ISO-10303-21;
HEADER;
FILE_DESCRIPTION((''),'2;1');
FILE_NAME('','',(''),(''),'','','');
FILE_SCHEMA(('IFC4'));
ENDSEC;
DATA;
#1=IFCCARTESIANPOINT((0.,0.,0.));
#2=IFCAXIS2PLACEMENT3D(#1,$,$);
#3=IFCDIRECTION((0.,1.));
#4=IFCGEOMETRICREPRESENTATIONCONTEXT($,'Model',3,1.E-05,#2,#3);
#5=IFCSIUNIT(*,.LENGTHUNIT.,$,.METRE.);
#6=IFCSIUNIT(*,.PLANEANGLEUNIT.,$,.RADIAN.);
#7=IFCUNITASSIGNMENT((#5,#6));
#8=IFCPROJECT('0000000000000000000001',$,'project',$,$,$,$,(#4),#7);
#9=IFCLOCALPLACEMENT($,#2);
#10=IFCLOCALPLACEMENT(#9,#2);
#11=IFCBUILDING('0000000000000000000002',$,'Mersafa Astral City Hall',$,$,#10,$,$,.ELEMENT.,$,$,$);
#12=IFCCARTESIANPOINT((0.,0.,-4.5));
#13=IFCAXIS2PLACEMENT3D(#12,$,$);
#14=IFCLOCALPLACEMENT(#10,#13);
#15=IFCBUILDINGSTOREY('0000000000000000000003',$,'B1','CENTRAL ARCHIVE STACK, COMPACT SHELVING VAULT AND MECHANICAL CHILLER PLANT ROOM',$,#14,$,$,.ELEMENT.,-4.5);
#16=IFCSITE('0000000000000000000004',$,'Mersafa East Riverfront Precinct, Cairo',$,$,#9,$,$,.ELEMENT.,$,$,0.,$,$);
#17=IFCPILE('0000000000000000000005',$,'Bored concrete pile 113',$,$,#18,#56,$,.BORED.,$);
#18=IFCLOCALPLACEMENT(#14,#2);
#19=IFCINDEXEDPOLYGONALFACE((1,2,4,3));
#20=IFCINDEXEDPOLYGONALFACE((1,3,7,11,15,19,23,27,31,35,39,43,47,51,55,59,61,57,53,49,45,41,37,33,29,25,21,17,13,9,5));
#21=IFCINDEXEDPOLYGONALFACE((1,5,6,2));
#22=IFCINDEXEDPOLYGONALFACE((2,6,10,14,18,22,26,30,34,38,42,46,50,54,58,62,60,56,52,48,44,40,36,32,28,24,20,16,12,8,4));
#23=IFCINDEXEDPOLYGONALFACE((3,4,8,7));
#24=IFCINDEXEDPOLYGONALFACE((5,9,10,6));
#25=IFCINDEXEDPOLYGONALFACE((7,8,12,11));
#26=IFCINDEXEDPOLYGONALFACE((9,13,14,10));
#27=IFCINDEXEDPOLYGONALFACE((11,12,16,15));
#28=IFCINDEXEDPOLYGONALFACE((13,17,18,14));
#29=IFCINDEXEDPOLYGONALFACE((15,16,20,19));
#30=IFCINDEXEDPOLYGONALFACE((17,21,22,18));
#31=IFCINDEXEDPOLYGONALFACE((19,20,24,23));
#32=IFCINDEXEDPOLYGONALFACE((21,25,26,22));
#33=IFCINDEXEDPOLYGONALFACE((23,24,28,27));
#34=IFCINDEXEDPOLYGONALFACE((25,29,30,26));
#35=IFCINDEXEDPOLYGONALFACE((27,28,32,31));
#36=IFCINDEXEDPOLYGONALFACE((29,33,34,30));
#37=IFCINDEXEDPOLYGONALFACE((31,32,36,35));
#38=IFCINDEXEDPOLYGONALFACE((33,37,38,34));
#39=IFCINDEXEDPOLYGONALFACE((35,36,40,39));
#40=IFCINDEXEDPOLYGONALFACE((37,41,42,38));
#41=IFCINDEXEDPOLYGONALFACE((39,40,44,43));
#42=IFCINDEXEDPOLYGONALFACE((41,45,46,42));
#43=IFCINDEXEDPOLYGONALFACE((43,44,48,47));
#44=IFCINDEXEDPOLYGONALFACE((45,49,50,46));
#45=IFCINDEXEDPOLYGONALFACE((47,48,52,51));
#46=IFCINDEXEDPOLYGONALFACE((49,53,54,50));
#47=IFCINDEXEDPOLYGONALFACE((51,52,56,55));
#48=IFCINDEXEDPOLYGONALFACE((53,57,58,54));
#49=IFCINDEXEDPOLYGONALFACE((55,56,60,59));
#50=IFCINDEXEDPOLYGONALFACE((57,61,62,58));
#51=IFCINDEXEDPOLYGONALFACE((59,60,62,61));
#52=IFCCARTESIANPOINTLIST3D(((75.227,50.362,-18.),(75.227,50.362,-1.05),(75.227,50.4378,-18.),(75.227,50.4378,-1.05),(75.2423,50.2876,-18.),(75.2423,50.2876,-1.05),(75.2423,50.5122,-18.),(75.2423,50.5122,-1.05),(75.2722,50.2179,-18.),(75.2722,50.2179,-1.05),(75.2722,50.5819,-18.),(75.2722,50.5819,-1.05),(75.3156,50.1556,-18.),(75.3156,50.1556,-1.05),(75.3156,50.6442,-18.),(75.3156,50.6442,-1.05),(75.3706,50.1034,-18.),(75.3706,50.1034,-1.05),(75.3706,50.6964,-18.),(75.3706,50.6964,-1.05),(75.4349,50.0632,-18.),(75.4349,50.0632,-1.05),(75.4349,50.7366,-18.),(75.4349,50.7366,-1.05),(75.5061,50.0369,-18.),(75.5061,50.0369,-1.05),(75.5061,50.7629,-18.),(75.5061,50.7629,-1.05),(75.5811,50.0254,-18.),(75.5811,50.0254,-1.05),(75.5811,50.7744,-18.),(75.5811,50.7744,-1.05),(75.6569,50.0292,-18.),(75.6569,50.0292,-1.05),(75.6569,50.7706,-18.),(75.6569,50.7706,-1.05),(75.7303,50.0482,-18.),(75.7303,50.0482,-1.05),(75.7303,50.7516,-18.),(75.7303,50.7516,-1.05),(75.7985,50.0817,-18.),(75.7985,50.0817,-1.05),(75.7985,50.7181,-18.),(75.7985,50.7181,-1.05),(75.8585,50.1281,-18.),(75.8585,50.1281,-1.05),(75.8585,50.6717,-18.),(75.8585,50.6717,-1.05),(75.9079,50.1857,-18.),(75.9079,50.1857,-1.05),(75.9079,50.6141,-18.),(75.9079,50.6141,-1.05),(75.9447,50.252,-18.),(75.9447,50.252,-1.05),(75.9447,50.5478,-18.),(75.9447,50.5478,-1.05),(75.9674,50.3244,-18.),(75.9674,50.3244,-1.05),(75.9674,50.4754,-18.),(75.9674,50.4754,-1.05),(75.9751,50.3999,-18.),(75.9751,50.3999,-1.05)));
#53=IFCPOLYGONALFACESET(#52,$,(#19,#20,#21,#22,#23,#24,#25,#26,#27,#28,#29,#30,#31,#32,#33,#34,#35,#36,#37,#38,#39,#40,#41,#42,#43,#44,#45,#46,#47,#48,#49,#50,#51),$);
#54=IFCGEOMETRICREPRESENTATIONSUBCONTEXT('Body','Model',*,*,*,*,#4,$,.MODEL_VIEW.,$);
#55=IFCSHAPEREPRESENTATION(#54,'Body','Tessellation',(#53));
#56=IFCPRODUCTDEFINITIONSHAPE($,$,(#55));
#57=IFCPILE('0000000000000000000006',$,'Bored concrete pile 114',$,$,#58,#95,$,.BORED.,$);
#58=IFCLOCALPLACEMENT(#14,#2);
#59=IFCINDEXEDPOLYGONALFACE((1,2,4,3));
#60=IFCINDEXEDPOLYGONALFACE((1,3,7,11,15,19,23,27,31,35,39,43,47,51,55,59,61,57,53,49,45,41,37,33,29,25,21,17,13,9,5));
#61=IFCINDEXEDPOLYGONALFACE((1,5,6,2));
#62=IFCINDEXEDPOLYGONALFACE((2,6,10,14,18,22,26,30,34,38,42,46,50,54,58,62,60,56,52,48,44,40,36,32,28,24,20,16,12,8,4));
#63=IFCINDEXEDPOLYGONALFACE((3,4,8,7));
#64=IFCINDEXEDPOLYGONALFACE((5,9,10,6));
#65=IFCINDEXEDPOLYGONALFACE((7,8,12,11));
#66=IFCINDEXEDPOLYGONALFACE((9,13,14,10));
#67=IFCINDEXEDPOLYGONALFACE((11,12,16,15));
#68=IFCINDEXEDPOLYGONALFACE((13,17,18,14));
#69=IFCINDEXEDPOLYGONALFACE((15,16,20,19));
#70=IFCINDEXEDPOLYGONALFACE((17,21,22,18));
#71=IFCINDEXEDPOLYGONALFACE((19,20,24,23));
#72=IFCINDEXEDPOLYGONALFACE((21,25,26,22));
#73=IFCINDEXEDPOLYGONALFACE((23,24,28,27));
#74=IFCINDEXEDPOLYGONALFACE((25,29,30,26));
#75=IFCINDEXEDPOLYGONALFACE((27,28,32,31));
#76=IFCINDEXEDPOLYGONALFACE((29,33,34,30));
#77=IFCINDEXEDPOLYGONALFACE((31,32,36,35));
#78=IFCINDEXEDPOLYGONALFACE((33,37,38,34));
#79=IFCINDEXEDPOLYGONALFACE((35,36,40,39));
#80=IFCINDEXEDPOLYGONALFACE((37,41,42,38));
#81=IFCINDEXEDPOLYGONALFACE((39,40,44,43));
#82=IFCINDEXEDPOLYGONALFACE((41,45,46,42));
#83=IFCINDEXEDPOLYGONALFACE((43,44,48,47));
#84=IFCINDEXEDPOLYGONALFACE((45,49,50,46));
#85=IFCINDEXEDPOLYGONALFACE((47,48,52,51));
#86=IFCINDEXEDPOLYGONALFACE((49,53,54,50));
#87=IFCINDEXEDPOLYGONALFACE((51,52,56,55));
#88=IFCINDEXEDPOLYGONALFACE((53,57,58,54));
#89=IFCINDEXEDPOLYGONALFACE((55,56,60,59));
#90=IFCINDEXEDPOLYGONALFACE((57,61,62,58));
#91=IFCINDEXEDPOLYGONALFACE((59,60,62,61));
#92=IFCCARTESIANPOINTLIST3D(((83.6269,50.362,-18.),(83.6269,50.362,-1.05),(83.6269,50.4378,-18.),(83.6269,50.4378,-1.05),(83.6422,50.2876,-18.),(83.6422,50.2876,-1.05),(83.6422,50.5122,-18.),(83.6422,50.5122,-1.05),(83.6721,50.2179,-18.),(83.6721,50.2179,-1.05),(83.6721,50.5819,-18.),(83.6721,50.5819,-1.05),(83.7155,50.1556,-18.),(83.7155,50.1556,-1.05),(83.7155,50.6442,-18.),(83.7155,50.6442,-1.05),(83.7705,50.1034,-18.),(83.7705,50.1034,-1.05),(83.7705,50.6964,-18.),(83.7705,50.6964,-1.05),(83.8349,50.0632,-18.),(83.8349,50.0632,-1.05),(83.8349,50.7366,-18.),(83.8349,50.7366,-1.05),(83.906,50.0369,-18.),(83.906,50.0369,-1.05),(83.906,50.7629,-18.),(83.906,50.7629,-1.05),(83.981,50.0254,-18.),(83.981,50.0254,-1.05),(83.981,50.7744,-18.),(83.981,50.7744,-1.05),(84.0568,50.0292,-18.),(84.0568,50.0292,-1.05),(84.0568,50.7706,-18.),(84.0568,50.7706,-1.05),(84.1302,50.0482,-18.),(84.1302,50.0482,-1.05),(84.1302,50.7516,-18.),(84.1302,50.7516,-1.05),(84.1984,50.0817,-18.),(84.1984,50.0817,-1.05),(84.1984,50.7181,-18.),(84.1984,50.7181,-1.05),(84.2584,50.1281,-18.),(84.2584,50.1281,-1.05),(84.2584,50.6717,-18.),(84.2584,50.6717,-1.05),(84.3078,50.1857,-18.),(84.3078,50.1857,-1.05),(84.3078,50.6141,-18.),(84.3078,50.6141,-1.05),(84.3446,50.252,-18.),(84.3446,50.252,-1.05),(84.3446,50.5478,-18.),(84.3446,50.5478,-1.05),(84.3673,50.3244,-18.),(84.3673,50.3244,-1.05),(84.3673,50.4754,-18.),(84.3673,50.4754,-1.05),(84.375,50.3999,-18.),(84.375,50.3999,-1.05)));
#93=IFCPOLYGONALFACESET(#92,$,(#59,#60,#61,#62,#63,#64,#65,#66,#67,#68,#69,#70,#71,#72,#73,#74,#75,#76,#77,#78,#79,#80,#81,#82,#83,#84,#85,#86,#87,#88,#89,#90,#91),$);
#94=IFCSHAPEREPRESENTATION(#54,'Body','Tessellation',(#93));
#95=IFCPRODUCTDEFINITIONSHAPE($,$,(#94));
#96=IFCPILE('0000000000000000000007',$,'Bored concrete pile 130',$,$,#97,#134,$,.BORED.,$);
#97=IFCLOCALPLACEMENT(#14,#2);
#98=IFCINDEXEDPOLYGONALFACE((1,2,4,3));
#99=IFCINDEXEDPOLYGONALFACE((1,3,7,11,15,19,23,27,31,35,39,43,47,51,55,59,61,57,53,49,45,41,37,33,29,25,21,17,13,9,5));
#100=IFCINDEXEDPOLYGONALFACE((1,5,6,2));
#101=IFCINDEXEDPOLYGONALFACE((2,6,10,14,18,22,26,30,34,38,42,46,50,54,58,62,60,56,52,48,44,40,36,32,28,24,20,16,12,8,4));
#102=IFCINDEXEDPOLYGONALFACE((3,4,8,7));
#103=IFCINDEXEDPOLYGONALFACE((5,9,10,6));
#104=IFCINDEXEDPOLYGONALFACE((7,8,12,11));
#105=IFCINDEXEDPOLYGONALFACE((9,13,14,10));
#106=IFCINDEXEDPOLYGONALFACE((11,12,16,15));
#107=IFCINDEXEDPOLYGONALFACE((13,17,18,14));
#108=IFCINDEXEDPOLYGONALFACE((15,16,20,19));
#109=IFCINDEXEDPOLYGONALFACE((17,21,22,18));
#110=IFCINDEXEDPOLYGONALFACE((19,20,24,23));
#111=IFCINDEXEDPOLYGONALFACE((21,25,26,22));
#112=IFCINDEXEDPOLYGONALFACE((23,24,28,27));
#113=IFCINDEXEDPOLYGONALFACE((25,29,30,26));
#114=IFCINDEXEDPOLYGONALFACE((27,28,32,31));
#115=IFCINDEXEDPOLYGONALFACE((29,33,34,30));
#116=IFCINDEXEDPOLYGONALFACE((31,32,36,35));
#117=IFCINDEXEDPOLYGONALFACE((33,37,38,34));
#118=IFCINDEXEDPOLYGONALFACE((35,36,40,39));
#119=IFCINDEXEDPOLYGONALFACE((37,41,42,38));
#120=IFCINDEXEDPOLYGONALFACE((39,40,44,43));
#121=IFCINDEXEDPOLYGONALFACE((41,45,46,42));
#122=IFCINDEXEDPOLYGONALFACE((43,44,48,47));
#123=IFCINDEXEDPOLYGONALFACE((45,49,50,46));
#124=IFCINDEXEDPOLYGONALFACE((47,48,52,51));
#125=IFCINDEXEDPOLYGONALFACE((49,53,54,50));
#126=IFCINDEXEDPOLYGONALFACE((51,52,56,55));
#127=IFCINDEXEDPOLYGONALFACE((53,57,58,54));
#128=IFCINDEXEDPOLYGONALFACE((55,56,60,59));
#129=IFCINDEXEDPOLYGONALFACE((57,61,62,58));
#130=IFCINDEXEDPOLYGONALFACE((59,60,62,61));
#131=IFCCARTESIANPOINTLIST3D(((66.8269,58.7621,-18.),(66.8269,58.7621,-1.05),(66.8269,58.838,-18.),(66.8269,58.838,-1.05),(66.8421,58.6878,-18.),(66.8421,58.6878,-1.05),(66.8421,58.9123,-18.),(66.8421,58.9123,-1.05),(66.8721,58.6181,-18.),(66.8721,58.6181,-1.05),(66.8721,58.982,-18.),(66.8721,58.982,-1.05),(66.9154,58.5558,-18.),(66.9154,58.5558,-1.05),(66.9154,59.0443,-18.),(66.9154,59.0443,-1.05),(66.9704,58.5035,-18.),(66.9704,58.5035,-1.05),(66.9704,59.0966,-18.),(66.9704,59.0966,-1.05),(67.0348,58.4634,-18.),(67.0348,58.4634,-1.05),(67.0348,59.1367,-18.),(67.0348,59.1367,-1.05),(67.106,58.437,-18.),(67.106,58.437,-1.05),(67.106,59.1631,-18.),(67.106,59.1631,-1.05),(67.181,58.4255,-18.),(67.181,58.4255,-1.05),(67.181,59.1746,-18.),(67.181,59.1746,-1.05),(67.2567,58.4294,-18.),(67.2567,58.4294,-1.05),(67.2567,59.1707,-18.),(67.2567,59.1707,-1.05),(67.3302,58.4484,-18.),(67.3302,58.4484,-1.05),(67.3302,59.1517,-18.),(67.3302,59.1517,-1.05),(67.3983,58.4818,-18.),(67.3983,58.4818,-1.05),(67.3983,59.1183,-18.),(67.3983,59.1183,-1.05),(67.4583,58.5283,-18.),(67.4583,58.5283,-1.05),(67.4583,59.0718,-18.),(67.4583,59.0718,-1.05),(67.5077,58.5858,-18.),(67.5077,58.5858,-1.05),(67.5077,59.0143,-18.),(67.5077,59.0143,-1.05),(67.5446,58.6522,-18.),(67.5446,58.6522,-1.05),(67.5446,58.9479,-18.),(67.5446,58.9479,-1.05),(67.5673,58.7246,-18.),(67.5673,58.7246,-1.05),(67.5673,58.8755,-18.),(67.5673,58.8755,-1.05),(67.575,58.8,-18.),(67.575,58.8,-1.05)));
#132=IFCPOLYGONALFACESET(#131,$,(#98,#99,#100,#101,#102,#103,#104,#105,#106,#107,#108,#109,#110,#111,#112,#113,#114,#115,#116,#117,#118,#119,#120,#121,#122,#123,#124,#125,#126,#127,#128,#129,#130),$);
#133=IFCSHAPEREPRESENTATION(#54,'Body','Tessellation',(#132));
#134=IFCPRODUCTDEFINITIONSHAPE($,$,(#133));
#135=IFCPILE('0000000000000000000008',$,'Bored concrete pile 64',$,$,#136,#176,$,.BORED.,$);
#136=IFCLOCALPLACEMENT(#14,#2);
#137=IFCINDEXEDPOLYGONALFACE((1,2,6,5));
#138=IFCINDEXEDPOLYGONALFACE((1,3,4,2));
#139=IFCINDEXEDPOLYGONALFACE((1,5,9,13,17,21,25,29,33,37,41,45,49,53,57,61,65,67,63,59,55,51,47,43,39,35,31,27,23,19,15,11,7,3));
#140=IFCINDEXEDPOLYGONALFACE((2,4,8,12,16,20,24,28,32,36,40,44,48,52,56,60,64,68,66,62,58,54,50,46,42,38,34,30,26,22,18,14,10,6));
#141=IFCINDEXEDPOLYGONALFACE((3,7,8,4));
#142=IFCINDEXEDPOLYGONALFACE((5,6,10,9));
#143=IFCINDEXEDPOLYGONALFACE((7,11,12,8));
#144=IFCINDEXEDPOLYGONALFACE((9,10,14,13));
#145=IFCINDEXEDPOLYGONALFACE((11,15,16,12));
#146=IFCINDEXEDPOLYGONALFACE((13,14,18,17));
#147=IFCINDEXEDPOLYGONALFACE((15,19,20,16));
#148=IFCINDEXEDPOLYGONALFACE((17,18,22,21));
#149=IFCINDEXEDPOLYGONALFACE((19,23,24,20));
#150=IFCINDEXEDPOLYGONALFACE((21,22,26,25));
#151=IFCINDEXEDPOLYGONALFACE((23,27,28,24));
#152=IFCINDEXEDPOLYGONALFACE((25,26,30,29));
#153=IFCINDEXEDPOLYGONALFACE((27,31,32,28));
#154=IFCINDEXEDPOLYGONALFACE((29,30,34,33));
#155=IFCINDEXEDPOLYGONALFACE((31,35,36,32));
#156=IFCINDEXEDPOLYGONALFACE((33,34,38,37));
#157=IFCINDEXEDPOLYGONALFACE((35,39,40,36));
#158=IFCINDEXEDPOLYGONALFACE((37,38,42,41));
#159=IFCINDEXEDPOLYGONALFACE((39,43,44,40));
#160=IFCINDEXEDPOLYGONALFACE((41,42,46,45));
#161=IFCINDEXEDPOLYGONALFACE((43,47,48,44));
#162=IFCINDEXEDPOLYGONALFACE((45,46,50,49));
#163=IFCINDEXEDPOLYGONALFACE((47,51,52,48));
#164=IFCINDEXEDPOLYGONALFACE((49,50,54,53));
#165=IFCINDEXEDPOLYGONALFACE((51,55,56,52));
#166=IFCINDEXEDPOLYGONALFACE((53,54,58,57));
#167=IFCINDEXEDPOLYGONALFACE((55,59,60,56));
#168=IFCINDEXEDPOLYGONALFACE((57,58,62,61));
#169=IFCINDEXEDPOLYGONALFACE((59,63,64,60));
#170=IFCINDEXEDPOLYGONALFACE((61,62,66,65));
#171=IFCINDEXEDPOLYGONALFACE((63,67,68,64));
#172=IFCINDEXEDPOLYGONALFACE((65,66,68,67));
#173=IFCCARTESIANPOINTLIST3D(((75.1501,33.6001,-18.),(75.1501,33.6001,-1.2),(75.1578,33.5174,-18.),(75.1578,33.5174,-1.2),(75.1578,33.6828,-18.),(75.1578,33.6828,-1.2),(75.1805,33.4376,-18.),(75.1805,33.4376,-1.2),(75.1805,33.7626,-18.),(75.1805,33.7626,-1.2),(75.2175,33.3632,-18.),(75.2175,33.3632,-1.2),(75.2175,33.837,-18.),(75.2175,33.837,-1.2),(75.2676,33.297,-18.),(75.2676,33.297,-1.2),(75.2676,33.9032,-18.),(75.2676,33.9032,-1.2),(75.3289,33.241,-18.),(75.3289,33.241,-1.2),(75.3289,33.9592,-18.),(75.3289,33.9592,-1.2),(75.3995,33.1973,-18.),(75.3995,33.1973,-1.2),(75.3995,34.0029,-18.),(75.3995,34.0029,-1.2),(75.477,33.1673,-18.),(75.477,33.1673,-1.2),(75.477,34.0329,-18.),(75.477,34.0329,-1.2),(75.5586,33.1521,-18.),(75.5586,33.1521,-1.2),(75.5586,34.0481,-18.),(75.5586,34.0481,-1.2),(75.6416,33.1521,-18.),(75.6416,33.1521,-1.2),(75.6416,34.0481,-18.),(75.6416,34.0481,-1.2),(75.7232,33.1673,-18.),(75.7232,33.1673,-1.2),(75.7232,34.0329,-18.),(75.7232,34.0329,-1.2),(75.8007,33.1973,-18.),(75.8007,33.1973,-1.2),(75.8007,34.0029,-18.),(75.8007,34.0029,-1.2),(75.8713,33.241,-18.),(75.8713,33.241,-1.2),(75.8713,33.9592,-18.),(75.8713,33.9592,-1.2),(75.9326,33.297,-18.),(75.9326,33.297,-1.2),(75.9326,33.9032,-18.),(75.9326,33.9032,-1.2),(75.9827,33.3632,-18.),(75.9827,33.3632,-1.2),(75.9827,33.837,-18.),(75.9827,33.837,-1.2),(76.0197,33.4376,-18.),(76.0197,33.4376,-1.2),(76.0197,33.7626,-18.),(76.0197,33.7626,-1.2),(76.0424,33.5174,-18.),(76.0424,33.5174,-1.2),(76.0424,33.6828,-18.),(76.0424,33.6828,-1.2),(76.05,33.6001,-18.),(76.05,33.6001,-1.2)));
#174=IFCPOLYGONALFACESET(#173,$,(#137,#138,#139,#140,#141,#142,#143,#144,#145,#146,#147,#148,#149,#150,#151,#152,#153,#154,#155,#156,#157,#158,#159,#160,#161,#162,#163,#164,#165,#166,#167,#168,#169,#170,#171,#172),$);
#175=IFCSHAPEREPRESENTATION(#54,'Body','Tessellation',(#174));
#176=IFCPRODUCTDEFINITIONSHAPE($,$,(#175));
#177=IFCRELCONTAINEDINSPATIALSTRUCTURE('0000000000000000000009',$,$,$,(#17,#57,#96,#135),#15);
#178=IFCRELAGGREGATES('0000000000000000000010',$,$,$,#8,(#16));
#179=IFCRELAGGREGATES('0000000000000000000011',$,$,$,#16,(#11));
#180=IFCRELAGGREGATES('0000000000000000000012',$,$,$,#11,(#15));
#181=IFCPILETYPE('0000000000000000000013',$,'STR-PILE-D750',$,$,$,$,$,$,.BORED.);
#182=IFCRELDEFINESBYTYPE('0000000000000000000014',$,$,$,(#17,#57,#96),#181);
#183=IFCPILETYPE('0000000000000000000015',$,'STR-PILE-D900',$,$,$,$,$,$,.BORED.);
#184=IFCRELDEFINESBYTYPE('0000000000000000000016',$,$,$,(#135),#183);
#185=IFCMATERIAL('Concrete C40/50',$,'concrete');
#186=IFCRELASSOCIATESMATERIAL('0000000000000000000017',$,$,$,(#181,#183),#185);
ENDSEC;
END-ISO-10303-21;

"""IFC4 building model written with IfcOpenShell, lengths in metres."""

from ifc_helpers import new_model, si_unit, direction, frame, origin, origin_2d, place, context, subcontext, project, spatial, circle, extrude, material, material_profile, profile_set, type_object, element, save


model = new_model("IFC4")

# Units and contexts
model_context = context("Model", 3, precision=1e-05, world=origin(), true_north=direction((0.0, 1.0)))
body_context = subcontext(model_context, "Body", "Model", "MODEL_VIEW")
ifc_project = project(units=[si_unit("LENGTHUNIT", "METRE"), si_unit("PLANEANGLEUNIT", "RADIAN")], contexts=[model_context])

# Site, building, storey
site_placement = place(None, origin())
site = spatial("IfcSite", under=ifc_project, at=site_placement, Name="Mersafa East Riverfront Precinct, Cairo", CompositionType="ELEMENT", RefElevation=0.0)
building_placement = place(site_placement, origin())
building = spatial("IfcBuilding", under=site, at=building_placement, Name="Mersafa Astral City Hall", CompositionType="ELEMENT")
storey_placement = place(building_placement, frame((0.0, 0.0, -4.5)))
storey = spatial("IfcBuildingStorey", under=building, at=storey_placement, Name="B1", Description="CENTRAL ARCHIVE STACK, COMPACT SHELVING VAULT AND MECHANICAL CHILLER PLANT ROOM", CompositionType="ELEMENT", Elevation=-4.5)

# Shared definitions
ifc_material_1 = material(Name="Concrete C40/50", Category="concrete")

# Piles
ifc_material_profile_1 = material_profile(ifc_material_1, circle(Radius=0.375, at=origin_2d()), Name="PILE D750")
ifc_profile_set_1 = profile_set([ifc_material_profile_1], Name="Concrete C40/50")
pile_type_1 = type_object("IfcPileType", Name="STR-PILE-D750", PredefinedType="BORED", material=ifc_profile_set_1)
for number, where, z_axis, x_axis, name in (
    (1, (75.6001, 50.3999, -1.05), (0.0, 0.0, -1.0), (1.0, 0.0, 0.0), "Bored concrete pile 113"),
    (2, (84.0, 50.3999, -1.05), (0.0, 0.0, -1.0), (1.0, 0.0, 0.0), "Bored concrete pile 114"),
    (3, (67.2, 58.8, -1.05), (0.0, 0.0, -1.0), (1.0, 0.0, 0.0), "Bored concrete pile 130"),
):
    element("IfcPile", number, at=place(storey_placement, frame(where, z_axis=z_axis, x_axis=x_axis)), inside=storey, type_object=pile_type_1, Name=name, PredefinedType="BORED", context=body_context, shape_type="SweptSolid", body=[
        extrude(circle(Radius=0.375, at=origin_2d()), origin(), (0.0, 0.0, 1.0), 16.95),
    ])
ifc_material_profile_2 = material_profile(ifc_material_1, circle(Radius=0.45, at=origin_2d()), Name="PILE D900")
ifc_profile_set_2 = profile_set([ifc_material_profile_2], Name="Concrete C40/50")
pile_type_2 = type_object("IfcPileType", Name="STR-PILE-D900", PredefinedType="BORED", material=ifc_profile_set_2)
for number, where, z_axis, x_axis, name in (
    (4, (75.6001, 33.6001, -1.2), (0.0, 0.0, -1.0), (1.0, 0.0, 0.0), "Bored concrete pile 64"),
):
    element("IfcPile", number, at=place(storey_placement, frame(where, z_axis=z_axis, x_axis=x_axis)), inside=storey, type_object=pile_type_2, Name=name, PredefinedType="BORED", context=body_context, shape_type="SweptSolid", body=[
        extrude(circle(Radius=0.45, at=origin_2d()), origin(), (0.0, 0.0, 1.0), 16.8),
    ])

save(model, "model.ifc")
